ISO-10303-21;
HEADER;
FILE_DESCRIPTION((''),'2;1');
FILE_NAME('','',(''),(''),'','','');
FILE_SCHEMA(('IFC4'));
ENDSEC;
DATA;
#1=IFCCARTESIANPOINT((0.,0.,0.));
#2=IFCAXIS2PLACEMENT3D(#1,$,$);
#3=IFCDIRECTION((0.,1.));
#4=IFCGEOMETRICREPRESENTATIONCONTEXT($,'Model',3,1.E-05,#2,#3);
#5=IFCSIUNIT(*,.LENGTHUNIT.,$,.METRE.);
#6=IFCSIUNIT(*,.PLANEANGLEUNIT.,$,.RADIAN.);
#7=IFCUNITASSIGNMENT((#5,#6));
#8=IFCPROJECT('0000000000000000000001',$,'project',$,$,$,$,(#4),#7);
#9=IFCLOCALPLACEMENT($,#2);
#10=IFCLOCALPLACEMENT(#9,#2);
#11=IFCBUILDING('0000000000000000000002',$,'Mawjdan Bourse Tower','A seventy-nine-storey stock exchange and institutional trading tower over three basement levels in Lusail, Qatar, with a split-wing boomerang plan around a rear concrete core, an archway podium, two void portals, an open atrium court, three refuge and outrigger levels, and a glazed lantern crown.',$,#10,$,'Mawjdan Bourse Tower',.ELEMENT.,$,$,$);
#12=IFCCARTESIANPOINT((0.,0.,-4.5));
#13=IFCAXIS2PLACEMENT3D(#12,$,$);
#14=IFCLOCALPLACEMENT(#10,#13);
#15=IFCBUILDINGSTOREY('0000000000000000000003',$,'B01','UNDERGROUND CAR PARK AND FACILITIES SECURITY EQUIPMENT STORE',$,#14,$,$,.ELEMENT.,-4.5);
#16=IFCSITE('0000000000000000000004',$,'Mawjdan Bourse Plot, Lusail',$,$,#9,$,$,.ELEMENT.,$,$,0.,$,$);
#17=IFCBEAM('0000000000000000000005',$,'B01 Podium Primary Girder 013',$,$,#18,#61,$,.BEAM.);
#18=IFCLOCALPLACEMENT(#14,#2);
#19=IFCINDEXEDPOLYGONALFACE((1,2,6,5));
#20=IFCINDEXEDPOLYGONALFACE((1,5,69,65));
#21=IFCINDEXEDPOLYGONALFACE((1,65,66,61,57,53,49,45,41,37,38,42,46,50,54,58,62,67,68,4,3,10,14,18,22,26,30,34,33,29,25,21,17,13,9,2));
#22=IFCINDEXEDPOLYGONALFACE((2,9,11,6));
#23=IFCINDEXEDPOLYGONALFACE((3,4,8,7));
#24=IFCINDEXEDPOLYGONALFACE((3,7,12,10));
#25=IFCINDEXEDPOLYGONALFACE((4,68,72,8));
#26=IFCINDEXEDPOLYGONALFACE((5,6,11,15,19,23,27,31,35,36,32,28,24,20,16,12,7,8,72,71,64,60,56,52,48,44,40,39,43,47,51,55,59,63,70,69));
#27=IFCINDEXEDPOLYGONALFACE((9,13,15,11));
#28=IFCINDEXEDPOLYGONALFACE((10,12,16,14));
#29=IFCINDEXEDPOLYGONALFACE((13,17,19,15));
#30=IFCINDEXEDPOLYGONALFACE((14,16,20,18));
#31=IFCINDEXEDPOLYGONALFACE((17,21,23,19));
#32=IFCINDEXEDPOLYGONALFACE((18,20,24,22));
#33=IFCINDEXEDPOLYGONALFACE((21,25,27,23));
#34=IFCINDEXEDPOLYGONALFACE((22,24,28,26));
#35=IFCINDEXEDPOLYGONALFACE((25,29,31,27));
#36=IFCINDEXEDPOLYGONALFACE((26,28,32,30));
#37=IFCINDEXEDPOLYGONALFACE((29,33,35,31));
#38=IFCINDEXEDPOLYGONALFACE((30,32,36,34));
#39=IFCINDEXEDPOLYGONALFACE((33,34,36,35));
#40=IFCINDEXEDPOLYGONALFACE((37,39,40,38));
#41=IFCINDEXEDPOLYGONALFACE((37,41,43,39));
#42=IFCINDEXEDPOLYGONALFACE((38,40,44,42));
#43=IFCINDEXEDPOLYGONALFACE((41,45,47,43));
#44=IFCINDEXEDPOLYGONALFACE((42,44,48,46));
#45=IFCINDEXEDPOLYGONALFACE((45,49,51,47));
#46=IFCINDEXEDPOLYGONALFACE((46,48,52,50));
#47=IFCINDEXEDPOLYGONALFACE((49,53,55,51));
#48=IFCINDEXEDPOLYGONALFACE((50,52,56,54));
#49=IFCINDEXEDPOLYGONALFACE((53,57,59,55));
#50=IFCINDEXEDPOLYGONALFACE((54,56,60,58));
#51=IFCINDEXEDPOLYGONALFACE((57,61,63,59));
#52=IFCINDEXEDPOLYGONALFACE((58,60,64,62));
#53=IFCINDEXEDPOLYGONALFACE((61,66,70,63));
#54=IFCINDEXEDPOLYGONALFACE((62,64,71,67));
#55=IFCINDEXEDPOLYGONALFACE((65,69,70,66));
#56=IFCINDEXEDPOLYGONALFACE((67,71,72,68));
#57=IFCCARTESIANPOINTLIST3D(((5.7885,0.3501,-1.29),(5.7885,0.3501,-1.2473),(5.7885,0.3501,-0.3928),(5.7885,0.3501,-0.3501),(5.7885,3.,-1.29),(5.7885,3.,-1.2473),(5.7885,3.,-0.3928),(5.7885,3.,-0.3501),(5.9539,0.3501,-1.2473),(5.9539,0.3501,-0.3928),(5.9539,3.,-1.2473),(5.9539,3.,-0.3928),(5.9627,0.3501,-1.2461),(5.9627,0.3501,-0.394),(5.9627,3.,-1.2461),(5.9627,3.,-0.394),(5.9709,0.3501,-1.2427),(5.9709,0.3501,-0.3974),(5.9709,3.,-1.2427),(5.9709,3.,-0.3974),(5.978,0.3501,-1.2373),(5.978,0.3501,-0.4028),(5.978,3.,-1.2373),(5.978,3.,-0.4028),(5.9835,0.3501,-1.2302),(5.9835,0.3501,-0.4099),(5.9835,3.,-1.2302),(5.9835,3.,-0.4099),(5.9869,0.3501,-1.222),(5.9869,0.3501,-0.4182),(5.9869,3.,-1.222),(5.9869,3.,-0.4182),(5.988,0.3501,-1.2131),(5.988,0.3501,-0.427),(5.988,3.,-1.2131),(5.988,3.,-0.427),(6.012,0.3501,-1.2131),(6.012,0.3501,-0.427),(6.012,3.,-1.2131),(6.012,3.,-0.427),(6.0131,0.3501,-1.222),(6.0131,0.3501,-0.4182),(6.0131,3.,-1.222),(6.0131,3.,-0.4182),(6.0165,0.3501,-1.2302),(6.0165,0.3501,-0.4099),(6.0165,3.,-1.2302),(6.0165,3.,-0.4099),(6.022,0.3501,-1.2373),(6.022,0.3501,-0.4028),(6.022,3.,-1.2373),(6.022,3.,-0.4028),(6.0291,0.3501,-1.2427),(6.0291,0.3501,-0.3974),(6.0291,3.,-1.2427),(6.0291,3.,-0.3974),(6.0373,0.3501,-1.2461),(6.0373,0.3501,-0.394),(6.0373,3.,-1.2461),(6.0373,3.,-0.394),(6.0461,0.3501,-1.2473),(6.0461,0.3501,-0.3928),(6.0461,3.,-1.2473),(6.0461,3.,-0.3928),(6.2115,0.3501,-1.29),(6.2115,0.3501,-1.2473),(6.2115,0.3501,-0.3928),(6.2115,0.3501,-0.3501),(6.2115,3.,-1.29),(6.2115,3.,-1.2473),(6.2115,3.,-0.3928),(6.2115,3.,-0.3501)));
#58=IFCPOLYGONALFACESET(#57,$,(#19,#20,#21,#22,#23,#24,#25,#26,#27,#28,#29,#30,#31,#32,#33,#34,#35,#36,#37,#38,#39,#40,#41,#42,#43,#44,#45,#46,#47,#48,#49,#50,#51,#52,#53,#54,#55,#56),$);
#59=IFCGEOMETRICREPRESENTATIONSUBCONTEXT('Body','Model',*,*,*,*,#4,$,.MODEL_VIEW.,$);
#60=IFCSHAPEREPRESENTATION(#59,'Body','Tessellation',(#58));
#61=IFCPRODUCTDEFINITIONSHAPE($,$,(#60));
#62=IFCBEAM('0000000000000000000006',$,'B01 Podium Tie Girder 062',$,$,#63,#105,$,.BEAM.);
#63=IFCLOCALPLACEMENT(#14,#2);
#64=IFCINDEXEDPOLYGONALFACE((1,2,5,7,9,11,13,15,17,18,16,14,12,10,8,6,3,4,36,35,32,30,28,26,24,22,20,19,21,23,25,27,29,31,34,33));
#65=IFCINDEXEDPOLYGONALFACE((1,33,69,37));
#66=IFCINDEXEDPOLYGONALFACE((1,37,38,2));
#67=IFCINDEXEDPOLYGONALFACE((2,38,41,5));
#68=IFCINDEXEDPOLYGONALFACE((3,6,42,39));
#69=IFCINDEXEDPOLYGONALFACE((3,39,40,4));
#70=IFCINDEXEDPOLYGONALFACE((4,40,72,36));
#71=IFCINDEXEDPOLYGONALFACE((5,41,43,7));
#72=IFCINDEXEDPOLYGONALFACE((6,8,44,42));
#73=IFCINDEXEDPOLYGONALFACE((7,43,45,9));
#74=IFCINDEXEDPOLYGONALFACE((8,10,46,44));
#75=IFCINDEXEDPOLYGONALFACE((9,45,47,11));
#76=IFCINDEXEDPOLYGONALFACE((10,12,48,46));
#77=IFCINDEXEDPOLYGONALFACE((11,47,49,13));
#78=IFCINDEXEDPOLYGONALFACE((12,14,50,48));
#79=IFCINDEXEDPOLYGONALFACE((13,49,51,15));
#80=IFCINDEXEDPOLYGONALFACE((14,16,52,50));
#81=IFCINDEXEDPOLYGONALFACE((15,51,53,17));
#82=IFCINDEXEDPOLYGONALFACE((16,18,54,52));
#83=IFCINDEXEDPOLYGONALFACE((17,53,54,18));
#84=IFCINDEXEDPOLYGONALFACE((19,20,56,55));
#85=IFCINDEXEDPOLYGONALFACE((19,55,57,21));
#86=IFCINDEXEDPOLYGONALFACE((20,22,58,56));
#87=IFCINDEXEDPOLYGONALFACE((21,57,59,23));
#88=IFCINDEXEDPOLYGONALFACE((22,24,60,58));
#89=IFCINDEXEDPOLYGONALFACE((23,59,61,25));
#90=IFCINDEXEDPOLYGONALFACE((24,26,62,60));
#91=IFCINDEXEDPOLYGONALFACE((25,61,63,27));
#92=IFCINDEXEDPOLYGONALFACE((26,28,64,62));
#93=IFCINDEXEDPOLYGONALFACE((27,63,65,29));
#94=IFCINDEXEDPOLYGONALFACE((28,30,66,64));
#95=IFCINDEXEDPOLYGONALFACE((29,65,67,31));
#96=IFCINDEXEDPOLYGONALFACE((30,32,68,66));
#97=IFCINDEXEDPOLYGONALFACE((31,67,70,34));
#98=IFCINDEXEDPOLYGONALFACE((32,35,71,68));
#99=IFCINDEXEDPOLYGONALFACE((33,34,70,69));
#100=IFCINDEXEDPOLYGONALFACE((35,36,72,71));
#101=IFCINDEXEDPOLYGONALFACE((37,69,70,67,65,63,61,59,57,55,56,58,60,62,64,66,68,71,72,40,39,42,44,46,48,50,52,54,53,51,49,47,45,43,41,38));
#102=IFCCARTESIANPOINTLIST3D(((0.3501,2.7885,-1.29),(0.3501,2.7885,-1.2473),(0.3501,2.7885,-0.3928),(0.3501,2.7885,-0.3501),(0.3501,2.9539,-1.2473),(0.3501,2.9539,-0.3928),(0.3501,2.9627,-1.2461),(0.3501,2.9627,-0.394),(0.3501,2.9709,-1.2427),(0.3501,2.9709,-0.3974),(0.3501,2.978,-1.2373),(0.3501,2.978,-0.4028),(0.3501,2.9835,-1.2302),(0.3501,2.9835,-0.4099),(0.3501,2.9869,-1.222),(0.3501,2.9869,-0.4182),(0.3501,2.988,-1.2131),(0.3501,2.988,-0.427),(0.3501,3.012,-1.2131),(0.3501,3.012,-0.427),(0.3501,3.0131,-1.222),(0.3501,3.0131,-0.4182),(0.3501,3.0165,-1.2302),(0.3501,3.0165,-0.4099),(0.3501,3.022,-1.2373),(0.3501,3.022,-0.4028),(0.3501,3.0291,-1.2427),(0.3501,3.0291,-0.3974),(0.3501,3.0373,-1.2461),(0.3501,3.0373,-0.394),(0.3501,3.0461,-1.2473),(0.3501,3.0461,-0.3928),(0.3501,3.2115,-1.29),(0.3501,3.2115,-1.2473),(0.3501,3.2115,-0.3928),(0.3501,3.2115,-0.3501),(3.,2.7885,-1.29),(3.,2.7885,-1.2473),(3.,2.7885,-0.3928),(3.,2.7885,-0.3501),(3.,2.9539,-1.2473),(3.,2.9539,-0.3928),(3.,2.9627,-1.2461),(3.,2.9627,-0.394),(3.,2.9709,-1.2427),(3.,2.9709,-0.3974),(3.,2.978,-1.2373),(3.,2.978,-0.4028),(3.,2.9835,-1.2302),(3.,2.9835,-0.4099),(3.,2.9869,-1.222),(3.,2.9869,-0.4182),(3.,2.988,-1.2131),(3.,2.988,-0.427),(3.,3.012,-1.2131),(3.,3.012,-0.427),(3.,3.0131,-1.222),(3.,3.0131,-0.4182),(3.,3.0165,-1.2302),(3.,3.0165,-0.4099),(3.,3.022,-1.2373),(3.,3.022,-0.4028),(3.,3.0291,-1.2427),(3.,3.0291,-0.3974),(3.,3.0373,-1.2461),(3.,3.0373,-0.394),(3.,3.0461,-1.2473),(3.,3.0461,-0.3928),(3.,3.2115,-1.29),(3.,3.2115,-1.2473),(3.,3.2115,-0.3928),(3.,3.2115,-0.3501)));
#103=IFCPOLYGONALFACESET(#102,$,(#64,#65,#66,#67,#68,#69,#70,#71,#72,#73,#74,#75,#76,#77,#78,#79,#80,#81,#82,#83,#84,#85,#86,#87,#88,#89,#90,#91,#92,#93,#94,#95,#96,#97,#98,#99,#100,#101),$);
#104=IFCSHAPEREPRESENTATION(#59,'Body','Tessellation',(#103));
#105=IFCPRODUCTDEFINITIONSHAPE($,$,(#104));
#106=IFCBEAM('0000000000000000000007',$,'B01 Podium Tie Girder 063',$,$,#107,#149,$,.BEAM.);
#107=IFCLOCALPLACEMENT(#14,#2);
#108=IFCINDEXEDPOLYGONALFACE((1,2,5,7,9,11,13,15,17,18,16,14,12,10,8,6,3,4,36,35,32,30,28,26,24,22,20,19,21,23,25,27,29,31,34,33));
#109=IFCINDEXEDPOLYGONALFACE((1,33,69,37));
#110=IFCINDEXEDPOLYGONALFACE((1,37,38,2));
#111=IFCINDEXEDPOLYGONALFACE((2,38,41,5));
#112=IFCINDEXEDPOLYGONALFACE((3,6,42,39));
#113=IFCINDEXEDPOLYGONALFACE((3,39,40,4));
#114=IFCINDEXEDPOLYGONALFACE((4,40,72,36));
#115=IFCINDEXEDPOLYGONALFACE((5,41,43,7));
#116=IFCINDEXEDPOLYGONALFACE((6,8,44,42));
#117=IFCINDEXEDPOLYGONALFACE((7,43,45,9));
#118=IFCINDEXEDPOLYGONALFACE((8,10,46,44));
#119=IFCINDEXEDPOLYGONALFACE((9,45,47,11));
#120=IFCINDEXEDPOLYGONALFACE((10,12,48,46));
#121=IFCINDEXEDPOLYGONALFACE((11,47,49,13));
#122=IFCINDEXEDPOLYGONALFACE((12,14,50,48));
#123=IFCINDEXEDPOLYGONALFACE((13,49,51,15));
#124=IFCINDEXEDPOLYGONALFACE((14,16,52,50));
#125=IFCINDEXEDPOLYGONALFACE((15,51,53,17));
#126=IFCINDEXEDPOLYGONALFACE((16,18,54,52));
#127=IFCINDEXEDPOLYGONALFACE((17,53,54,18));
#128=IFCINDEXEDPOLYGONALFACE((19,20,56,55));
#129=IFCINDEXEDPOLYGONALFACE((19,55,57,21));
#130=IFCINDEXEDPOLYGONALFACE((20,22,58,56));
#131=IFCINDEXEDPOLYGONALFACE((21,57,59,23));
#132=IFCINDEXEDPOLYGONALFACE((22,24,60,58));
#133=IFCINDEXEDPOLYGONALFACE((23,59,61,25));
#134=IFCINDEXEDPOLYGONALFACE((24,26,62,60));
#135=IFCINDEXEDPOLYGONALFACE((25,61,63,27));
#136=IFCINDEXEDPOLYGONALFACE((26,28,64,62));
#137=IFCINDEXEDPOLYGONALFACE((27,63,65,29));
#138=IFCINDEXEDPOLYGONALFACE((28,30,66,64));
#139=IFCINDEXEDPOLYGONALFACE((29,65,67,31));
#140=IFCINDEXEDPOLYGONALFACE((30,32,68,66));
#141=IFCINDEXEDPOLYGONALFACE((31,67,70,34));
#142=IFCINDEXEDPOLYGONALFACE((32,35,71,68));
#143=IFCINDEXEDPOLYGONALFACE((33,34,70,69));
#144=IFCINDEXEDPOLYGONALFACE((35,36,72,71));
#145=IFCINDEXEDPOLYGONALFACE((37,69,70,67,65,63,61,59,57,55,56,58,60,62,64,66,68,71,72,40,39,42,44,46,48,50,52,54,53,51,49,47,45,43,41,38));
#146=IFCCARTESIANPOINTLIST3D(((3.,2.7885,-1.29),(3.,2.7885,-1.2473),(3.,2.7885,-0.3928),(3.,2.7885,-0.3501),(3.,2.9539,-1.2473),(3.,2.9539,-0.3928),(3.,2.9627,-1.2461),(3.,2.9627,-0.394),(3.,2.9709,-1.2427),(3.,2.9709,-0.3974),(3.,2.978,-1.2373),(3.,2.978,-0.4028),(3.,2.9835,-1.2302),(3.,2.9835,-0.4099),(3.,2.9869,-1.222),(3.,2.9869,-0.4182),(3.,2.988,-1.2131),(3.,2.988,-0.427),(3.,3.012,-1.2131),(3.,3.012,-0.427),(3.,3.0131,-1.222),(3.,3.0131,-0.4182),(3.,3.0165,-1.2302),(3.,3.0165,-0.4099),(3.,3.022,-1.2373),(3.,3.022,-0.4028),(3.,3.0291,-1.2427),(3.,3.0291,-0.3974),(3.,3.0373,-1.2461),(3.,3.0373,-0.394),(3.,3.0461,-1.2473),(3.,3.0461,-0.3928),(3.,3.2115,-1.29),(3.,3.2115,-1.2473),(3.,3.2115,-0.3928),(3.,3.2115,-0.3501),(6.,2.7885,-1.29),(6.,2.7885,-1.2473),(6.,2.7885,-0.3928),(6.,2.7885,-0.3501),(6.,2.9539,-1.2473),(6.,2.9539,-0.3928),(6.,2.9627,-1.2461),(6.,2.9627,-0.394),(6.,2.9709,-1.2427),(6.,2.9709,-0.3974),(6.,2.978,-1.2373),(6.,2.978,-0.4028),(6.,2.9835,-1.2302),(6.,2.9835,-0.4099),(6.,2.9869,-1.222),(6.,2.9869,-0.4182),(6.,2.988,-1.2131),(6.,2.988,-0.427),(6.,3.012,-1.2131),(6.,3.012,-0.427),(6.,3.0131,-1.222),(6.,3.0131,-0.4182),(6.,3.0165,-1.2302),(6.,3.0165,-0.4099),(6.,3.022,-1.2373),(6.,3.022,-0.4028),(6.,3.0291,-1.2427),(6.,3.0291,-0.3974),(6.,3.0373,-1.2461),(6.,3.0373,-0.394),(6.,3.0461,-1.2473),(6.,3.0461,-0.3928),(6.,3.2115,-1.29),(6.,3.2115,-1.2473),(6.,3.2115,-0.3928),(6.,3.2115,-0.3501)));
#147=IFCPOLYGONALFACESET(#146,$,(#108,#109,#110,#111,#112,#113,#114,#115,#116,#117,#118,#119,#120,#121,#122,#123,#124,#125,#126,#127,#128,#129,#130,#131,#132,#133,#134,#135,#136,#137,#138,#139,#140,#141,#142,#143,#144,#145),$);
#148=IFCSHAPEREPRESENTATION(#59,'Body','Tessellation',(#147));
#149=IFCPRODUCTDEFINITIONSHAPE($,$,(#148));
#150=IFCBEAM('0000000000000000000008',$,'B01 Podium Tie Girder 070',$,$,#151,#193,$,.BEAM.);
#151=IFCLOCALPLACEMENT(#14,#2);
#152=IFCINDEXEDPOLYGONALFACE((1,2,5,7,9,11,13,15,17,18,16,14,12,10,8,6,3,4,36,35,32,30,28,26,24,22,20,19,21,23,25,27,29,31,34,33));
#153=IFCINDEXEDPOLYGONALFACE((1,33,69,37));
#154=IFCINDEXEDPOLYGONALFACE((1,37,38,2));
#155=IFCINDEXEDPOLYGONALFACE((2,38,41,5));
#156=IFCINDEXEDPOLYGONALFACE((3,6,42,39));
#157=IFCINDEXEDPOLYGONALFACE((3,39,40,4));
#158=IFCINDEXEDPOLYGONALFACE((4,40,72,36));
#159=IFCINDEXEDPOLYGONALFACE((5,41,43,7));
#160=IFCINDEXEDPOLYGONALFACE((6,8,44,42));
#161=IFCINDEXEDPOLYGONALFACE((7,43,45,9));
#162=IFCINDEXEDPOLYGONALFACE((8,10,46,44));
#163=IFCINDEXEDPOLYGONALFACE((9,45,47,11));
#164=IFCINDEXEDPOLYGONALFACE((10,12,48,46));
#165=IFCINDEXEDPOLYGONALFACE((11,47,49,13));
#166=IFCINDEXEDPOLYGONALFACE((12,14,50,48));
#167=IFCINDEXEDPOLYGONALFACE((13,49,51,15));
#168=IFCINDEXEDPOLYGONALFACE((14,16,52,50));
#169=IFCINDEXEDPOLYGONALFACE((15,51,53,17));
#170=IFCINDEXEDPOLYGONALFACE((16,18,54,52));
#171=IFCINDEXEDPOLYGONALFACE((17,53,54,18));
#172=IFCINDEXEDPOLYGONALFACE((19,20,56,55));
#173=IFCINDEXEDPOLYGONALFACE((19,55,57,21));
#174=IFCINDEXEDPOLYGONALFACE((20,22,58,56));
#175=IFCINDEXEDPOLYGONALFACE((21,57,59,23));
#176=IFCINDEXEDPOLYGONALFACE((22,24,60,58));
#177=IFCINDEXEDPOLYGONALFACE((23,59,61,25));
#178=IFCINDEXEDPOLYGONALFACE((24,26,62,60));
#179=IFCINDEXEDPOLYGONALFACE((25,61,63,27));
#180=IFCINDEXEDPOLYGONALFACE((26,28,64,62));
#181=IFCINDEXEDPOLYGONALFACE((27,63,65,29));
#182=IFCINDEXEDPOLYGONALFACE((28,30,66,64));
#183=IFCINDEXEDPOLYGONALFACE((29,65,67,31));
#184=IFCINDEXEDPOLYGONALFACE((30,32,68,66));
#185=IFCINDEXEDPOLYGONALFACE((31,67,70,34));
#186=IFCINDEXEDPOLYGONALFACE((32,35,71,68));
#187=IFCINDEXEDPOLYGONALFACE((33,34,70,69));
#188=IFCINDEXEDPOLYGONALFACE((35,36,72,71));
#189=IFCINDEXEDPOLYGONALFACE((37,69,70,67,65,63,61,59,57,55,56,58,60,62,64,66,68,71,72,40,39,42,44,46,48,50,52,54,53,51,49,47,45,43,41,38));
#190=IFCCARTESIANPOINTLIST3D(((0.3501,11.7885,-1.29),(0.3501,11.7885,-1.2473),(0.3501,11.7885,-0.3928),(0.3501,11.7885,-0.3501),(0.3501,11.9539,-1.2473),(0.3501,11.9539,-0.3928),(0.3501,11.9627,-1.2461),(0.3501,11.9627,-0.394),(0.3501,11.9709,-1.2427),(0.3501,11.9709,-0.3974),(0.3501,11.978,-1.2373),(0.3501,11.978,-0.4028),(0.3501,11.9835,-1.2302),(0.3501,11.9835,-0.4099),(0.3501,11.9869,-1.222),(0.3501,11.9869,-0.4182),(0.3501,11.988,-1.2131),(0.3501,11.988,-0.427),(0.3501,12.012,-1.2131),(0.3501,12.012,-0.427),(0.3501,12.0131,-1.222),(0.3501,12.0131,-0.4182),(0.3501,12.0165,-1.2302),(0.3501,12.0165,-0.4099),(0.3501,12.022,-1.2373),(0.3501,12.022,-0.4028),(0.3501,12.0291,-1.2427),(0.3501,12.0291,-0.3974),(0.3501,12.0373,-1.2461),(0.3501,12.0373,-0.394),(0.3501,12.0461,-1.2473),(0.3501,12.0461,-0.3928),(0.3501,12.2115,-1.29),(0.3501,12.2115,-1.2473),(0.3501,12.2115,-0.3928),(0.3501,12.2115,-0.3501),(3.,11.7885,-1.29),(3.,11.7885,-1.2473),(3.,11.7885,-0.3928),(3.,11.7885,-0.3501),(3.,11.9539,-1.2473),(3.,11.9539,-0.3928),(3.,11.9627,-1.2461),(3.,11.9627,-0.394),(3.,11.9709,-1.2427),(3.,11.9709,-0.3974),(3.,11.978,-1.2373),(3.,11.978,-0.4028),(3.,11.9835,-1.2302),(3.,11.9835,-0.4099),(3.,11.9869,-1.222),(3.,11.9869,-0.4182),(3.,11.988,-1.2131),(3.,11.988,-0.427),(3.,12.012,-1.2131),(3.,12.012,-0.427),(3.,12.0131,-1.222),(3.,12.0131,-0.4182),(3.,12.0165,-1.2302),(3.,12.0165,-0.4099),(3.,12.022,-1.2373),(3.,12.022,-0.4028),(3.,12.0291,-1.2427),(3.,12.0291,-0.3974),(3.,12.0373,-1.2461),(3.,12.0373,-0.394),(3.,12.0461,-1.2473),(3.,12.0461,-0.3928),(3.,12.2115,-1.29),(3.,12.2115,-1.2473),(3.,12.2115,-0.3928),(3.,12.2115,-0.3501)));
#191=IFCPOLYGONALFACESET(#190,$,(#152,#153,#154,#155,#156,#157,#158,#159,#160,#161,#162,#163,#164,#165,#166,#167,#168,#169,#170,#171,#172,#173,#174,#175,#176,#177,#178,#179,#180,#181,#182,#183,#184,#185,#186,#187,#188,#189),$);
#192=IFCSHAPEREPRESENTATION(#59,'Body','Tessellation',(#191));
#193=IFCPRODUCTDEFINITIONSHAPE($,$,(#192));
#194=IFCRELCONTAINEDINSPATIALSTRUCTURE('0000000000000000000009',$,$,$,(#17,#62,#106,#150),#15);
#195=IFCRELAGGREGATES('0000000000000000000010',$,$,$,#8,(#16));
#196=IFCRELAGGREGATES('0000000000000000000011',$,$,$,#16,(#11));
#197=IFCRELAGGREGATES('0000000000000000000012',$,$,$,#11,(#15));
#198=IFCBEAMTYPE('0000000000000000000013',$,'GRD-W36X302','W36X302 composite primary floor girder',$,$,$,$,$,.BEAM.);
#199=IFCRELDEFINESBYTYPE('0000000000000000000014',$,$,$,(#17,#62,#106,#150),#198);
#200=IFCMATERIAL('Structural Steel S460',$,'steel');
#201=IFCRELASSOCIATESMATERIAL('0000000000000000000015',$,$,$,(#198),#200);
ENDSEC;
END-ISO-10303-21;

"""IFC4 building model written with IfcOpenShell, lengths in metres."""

from ifc_helpers import new_model, si_unit, direction, frame, origin, origin_2d, place, context, subcontext, project, spatial, i_section, extrude, material, material_profile, profile_set, type_object, element, save


model = new_model("IFC4")

# Units and contexts
model_context = context("Model", 3, precision=1e-05, world=origin(), true_north=direction((0.0, 1.0)))
body_context = subcontext(model_context, "Body", "Model", "MODEL_VIEW")
ifc_project = project(units=[si_unit("LENGTHUNIT", "METRE"), si_unit("PLANEANGLEUNIT", "RADIAN")], contexts=[model_context])

# Site, building, storey
site_placement = place(None, origin())
site = spatial("IfcSite", under=ifc_project, at=site_placement, Name="Mawjdan Bourse Plot, Lusail", CompositionType="ELEMENT", RefElevation=0.0)
building_placement = place(site_placement, origin())
building = spatial("IfcBuilding", under=site, at=building_placement, Name="Mawjdan Bourse Tower", Description="A seventy-nine-storey stock exchange and institutional trading tower over three basement levels in Lusail, Qatar, with a split-wing boomerang plan around a rear concrete core, an archway podium, two void portals, an open atrium court, three refuge and outrigger levels, and a glazed lantern crown.", LongName="Mawjdan Bourse Tower", CompositionType="ELEMENT")
storey_placement = place(building_placement, frame((0.0, 0.0, -4.5)))
storey = spatial("IfcBuildingStorey", under=building, at=storey_placement, Name="B01", Description="UNDERGROUND CAR PARK AND FACILITIES SECURITY EQUIPMENT STORE", CompositionType="ELEMENT", Elevation=-4.5)

# Beams
ifc_material_1 = material(Name="Structural Steel S460", Category="steel")
ifc_material_profile_1 = material_profile(ifc_material_1, i_section(OverallWidth=0.4231, OverallDepth=0.9399, WebThickness=0.0239, FlangeThickness=0.0427, FilletRadius=0.0342, at=origin_2d()), Name="W36X302")
ifc_profile_set_1 = profile_set([ifc_material_profile_1], Name="Structural Steel S460")
beam_type_1 = type_object("IfcBeamType", Name="GRD-W36X302", Description="W36X302 composite primary floor girder", PredefinedType="BEAM", material=ifc_profile_set_1)
for number, where, z_axis, x_axis, name in (
    (1, (6.0, 0.3501, -0.8201), (0.0, 1.0, 0.0), (-1.0, 0.0, 0.0), "B01 Podium Primary Girder 013"),
    (2, (0.3501, 3.0, -0.8201), (1.0, 0.0, 0.0), (0.0, 1.0, 0.0), "B01 Podium Tie Girder 062"),
):
    element("IfcBeam", number, at=place(storey_placement, frame(where, z_axis=z_axis, x_axis=x_axis)), inside=storey, type_object=beam_type_1, Name=name, PredefinedType="BEAM", context=body_context, shape_type="SweptSolid", body=[
        extrude(i_section(OverallWidth=0.4231, OverallDepth=0.9399, WebThickness=0.0239, FlangeThickness=0.0427, FilletRadius=0.0342, at=origin_2d()), origin(), (0.0, 0.0, 1.0), 2.6499),
    ])
beam_1_placement = place(storey_placement, frame((3.0, 3.0, -0.8201), z_axis=(1.0, 0.0, 0.0), x_axis=(0.0, 1.0, 0.0)))
element("IfcBeam", 3, at=beam_1_placement, inside=storey, type_object=beam_type_1, Name="B01 Podium Tie Girder 063", PredefinedType="BEAM", context=body_context, shape_type="SweptSolid", body=[
    extrude(i_section(OverallWidth=0.4231, OverallDepth=0.9399, WebThickness=0.0239, FlangeThickness=0.0427, FilletRadius=0.0342, at=origin_2d()), origin(), (0.0, 0.0, 1.0), 3.0),
])
beam_2_placement = place(storey_placement, frame((0.3501, 12.0, -0.8201), z_axis=(1.0, 0.0, 0.0), x_axis=(0.0, 1.0, 0.0)))
element("IfcBeam", 4, at=beam_2_placement, inside=storey, type_object=beam_type_1, Name="B01 Podium Tie Girder 070", PredefinedType="BEAM", context=body_context, shape_type="SweptSolid", body=[
    extrude(i_section(OverallWidth=0.4231, OverallDepth=0.9399, WebThickness=0.0239, FlangeThickness=0.0427, FilletRadius=0.0342, at=origin_2d()), origin(), (0.0, 0.0, 1.0), 2.6499),
])

save(model, "model.ifc")
